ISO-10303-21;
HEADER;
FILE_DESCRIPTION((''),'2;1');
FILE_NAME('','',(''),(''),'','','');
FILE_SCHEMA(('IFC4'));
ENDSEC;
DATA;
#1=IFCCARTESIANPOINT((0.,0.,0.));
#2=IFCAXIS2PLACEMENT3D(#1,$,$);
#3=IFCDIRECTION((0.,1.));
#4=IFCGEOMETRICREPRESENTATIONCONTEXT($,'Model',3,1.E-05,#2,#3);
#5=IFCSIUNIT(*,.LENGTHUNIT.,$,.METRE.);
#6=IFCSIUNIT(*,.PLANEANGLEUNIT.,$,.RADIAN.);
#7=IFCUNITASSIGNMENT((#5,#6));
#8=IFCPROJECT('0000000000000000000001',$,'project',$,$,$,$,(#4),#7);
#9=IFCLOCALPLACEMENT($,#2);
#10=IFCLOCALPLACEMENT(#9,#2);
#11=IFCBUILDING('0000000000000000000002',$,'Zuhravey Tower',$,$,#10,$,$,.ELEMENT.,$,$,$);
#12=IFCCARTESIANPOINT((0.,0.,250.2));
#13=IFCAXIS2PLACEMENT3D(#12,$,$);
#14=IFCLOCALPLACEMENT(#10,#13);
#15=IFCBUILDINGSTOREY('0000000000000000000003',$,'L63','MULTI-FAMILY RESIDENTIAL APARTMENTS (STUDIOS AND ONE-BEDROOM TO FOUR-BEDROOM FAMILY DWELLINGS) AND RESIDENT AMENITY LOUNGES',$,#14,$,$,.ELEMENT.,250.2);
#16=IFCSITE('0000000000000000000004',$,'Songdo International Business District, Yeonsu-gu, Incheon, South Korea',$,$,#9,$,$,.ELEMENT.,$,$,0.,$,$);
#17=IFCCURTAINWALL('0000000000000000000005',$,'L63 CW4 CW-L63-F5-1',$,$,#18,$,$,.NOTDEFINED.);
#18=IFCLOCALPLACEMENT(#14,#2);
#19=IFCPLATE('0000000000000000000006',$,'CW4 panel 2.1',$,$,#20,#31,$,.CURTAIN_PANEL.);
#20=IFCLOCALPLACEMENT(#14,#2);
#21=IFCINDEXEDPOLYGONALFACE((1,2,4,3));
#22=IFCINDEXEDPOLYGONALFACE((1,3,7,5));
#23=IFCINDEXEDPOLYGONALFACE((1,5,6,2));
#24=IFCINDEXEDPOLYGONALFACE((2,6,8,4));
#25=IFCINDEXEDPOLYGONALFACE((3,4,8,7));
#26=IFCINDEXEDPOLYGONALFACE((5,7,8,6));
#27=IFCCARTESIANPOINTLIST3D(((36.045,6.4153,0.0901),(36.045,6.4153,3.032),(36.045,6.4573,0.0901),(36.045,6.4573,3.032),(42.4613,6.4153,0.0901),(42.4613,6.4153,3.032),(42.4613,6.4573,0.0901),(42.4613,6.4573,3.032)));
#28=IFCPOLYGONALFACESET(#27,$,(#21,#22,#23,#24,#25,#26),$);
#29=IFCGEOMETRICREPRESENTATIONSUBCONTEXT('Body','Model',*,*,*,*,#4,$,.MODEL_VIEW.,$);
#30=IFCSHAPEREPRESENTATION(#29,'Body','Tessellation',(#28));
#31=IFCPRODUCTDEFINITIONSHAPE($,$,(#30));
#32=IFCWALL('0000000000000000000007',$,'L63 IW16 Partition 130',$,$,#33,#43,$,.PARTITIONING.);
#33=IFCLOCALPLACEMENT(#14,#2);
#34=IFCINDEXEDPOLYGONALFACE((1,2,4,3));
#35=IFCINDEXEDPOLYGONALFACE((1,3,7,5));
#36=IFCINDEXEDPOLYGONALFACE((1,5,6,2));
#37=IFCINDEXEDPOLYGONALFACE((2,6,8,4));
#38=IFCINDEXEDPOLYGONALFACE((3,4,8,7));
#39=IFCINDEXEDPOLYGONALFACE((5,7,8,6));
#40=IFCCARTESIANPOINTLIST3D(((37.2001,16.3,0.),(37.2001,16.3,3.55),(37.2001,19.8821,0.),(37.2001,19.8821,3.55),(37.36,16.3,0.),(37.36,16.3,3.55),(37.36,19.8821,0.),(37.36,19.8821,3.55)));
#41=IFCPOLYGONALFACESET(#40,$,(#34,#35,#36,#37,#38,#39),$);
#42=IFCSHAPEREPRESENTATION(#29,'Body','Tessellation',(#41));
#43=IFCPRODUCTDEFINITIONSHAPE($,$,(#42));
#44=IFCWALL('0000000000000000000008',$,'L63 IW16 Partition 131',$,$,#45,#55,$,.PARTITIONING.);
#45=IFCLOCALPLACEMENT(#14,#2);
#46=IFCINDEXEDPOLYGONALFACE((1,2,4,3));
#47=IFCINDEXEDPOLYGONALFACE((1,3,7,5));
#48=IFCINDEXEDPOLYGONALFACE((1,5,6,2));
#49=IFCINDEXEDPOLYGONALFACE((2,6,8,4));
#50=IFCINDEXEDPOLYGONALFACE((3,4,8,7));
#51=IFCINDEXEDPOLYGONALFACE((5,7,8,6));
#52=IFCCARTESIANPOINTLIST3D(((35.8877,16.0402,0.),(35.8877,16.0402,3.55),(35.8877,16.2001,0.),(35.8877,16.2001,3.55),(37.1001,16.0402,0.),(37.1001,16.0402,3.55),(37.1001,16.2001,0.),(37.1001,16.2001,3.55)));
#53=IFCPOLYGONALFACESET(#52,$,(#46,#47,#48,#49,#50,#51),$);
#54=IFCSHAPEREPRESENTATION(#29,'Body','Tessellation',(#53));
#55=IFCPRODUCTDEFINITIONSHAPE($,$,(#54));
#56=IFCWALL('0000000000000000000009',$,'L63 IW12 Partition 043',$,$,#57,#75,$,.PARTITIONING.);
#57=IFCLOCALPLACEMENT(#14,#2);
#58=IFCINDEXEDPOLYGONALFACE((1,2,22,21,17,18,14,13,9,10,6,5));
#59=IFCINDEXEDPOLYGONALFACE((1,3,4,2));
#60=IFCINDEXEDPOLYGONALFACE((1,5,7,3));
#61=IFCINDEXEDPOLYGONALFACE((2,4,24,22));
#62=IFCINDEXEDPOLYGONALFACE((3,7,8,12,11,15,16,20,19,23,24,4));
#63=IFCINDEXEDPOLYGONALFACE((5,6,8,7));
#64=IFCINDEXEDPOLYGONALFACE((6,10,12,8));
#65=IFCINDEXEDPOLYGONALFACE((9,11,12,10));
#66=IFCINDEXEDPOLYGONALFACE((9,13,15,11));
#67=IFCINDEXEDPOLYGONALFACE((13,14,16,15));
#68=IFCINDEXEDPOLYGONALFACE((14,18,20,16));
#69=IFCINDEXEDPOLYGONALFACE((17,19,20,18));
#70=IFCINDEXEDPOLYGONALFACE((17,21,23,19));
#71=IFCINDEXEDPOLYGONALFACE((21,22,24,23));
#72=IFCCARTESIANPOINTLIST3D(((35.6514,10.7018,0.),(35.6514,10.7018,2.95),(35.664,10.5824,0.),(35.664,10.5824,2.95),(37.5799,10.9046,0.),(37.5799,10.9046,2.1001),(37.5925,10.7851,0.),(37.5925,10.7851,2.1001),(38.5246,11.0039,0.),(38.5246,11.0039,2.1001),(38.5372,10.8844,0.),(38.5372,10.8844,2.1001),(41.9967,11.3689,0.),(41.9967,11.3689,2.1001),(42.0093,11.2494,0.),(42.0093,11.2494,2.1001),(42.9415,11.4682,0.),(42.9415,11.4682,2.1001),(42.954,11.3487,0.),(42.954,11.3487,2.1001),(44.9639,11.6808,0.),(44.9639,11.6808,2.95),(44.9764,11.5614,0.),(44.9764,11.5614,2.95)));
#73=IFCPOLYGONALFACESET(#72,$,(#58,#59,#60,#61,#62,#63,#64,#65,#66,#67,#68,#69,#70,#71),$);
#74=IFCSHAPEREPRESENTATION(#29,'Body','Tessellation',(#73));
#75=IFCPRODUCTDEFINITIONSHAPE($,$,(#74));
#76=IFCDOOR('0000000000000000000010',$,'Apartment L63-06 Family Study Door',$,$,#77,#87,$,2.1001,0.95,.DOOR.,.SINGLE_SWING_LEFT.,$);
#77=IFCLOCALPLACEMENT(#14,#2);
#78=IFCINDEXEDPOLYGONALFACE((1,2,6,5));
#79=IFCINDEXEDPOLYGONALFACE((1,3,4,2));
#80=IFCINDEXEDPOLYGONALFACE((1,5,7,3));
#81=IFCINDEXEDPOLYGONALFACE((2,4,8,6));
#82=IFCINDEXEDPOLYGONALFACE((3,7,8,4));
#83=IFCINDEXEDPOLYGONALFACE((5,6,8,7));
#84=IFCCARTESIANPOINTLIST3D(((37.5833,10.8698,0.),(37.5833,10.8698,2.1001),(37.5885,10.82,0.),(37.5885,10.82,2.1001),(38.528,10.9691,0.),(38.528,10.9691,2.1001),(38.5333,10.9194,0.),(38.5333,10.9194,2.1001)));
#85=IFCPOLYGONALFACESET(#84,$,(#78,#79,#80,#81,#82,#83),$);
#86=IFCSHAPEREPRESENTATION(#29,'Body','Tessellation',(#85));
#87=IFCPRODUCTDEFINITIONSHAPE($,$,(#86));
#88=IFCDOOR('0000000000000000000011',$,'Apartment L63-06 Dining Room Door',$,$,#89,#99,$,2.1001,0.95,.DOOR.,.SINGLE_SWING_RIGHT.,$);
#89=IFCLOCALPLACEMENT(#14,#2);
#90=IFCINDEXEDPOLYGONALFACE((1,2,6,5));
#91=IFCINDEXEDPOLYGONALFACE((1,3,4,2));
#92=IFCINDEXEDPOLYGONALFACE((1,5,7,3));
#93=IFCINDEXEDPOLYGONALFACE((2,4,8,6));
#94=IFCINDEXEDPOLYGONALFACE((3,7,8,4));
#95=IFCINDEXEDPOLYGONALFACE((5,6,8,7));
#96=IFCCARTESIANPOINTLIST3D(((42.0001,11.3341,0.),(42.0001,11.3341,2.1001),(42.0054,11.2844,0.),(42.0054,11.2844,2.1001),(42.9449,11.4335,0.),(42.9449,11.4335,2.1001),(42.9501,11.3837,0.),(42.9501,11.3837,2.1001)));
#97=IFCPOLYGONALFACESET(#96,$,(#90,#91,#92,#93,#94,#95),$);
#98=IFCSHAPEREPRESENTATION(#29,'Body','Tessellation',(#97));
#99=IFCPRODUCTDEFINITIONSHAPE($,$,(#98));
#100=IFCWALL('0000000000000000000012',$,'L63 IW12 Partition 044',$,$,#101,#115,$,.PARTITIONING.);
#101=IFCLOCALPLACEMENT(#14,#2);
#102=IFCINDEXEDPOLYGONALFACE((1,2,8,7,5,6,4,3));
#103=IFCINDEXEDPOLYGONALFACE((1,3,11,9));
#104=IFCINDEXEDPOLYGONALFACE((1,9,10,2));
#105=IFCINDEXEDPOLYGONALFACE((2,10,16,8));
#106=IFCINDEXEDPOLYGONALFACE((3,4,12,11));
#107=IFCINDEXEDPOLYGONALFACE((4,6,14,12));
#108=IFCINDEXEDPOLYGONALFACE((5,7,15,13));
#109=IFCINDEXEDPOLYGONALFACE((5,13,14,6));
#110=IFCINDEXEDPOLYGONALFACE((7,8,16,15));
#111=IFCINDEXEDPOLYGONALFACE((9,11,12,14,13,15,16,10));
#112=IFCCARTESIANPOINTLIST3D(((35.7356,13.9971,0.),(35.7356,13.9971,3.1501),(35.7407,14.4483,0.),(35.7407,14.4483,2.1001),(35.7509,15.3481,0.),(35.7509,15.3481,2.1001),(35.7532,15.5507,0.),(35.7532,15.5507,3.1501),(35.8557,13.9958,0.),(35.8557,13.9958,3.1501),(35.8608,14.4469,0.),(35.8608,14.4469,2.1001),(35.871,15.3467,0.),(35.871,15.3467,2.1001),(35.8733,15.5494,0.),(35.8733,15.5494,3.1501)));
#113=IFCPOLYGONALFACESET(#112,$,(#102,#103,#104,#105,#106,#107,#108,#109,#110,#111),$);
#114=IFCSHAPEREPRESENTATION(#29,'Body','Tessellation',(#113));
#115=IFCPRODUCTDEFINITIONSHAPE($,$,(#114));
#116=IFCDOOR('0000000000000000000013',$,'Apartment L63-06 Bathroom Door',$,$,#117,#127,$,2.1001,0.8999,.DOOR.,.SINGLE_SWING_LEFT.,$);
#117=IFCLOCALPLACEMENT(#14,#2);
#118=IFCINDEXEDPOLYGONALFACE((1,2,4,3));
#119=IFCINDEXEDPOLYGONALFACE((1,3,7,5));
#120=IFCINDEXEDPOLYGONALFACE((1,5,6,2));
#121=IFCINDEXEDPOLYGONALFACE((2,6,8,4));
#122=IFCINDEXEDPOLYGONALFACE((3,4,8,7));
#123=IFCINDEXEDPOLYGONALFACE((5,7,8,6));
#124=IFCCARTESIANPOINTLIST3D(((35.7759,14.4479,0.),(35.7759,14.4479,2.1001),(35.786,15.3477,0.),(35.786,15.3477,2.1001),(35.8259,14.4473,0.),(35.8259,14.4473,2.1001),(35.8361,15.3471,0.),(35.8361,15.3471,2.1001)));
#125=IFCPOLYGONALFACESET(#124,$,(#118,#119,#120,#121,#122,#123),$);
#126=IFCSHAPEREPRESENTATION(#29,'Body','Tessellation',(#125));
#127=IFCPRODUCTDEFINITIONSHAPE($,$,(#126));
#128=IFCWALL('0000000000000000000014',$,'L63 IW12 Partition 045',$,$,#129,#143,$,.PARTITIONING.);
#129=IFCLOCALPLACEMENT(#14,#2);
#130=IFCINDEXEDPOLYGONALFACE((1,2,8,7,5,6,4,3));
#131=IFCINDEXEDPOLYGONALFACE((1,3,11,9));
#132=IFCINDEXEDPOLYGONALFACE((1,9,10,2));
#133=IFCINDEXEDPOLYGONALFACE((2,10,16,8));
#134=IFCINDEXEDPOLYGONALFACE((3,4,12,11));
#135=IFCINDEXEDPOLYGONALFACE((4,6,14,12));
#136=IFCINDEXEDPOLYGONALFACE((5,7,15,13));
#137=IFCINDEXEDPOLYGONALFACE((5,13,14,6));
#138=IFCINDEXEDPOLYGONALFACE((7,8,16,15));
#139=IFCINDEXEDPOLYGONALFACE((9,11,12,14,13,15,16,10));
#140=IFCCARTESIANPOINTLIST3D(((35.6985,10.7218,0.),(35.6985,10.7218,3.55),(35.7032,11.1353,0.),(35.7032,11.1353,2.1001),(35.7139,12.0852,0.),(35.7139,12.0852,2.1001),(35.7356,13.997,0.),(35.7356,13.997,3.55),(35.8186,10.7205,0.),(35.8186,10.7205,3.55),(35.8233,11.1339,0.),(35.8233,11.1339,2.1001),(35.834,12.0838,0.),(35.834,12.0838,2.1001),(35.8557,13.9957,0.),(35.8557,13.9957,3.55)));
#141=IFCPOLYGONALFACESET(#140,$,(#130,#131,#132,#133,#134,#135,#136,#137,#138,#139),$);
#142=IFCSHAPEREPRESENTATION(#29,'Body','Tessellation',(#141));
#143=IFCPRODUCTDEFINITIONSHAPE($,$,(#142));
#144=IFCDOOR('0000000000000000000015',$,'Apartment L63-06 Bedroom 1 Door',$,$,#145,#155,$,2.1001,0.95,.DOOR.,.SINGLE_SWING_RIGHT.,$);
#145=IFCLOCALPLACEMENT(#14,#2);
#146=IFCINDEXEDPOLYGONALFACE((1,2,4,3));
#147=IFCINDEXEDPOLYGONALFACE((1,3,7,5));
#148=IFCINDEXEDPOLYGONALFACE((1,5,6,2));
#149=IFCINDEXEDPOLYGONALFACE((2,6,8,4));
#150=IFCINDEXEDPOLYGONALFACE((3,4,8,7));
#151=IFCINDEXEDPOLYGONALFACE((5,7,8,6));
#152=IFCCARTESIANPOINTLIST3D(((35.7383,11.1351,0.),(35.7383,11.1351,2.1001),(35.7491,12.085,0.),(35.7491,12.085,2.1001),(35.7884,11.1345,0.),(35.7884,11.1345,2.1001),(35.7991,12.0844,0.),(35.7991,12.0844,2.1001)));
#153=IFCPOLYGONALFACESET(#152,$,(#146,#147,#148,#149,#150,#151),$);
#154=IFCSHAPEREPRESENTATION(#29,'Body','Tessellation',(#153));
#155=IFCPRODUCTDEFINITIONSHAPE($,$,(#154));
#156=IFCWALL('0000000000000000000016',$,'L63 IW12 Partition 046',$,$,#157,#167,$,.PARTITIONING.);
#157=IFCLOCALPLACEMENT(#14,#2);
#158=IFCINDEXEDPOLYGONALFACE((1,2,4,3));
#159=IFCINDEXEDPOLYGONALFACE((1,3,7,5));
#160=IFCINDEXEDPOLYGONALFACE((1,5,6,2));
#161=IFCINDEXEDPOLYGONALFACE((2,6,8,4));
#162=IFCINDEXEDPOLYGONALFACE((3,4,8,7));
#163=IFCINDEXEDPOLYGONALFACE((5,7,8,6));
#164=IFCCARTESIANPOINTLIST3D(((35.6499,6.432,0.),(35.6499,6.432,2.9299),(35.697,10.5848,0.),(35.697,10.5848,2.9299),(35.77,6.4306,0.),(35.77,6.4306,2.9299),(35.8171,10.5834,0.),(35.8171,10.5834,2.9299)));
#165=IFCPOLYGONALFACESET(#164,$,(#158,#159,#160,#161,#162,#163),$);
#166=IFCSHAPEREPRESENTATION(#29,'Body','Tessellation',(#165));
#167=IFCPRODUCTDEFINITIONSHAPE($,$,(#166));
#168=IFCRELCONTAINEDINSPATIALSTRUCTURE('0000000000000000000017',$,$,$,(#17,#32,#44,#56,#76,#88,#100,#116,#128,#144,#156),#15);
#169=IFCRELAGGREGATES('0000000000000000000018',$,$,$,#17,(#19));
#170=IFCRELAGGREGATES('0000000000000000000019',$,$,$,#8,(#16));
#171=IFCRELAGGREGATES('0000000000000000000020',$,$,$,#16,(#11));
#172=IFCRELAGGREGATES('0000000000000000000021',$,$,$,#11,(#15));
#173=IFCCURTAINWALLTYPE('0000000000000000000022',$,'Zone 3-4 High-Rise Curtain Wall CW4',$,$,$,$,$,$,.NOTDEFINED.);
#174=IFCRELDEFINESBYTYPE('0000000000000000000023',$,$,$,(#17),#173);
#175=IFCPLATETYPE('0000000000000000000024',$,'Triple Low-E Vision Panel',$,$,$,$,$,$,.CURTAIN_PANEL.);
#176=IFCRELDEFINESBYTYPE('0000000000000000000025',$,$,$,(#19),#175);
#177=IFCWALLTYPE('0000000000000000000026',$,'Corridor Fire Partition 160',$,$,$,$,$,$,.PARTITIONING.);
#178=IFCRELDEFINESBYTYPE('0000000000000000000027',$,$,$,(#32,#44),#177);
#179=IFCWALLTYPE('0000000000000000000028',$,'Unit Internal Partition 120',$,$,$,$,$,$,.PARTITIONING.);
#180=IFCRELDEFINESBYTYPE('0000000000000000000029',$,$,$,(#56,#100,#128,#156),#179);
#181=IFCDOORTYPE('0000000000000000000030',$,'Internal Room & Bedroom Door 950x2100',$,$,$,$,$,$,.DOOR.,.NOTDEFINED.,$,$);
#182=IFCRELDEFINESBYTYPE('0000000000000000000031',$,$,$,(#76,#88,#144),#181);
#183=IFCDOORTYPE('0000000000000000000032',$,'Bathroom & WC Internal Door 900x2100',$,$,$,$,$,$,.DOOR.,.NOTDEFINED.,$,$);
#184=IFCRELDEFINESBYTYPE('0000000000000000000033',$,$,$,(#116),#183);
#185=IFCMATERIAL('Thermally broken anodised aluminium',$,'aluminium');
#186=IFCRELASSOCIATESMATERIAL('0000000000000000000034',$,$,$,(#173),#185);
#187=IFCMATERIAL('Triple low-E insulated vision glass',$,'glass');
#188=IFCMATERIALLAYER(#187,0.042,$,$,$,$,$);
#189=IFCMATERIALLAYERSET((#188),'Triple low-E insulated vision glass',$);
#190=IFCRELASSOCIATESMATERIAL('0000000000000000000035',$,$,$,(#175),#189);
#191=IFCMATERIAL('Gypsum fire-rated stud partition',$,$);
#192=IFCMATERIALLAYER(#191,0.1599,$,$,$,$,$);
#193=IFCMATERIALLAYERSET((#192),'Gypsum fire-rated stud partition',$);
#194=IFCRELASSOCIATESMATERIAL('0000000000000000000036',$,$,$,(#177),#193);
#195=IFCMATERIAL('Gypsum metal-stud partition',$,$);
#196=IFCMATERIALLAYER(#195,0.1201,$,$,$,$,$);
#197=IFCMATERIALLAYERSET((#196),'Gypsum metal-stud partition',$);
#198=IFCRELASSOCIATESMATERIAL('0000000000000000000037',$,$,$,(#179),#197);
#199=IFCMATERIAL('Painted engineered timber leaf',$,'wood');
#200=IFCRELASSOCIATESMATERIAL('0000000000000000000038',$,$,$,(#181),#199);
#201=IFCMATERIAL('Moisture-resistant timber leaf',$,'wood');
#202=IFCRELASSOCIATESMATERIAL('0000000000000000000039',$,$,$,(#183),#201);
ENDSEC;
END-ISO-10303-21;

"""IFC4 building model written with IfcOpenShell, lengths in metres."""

from ifc_helpers import new_model, si_unit, direction, frame, frame_2d, origin, origin_2d, place, context, subcontext, project, spatial, rectangle, extrude, material, layer, layer_set, type_object, element, fill, aggregate, save


model = new_model("IFC4")

# Units and contexts
model_context = context("Model", 3, precision=1e-05, world=origin(), true_north=direction((0.0, 1.0)))
body_context = subcontext(model_context, "Body", "Model", "MODEL_VIEW")
ifc_project = project(units=[si_unit("LENGTHUNIT", "METRE"), si_unit("PLANEANGLEUNIT", "RADIAN")], contexts=[model_context])

# Site, building, storey
site_placement = place(None, origin())
site = spatial("IfcSite", under=ifc_project, at=site_placement, Name="Songdo International Business District, Yeonsu-gu, Incheon, South Korea", CompositionType="ELEMENT", RefElevation=0.0)
building_placement = place(site_placement, origin())
building = spatial("IfcBuilding", under=site, at=building_placement, Name="Zuhravey Tower", CompositionType="ELEMENT")
storey_placement = place(building_placement, frame((0.0, 0.0, 250.2)))
storey = spatial("IfcBuildingStorey", under=building, at=storey_placement, Name="L63", Description="MULTI-FAMILY RESIDENTIAL APARTMENTS (STUDIOS AND ONE-BEDROOM TO FOUR-BEDROOM FAMILY DWELLINGS) AND RESIDENT AMENITY LOUNGES", CompositionType="ELEMENT", Elevation=250.2)

# Curtain wall
ifc_material_1 = material(Name="Thermally broken anodised aluminium", Category="aluminium")
curtain_wall_type = type_object("IfcCurtainWallType", Name="Zone 3-4 High-Rise Curtain Wall CW4", PredefinedType="NOTDEFINED", material=ifc_material_1)
curtain_wall_placement = place(storey_placement, origin())
curtain_wall = element("IfcCurtainWall", 1, at=curtain_wall_placement, inside=storey, type_object=curtain_wall_type, Name="L63 CW4 CW-L63-F5-1", PredefinedType="NOTDEFINED")

# Plate
ifc_material_2 = material(Name="Triple low-E insulated vision glass", Category="glass")
ifc_layer_1 = layer(ifc_material_2, 0.042)
ifc_layer_set_1 = layer_set([ifc_layer_1], Name="Triple low-E insulated vision glass")
plate_type = type_object("IfcPlateType", Name="Triple Low-E Vision Panel", PredefinedType="CURTAIN_PANEL", material=ifc_layer_set_1)
plate_1_placement = place(storey_placement, frame((39.2532, 6.4363, 0.0901), z_axis=(0.0, 0.0, 1.0), x_axis=(-1.0, 0.0, 0.0)))
plate_1 = element("IfcPlate", 2, at=plate_1_placement, type_object=plate_type, Name="CW4 panel 2.1", PredefinedType="CURTAIN_PANEL", context=body_context, shape_type="SweptSolid", body=[
    extrude(rectangle(XDim=6.4163, YDim=0.042, at=origin_2d()), origin(), (0.0, 0.0, 1.0), 2.9419),
])
aggregate(curtain_wall, [plate_1])

# Walls
ifc_material_3 = material(Name="Gypsum fire-rated stud partition")
ifc_layer_2 = layer(ifc_material_3, 0.1599)
ifc_layer_set_2 = layer_set([ifc_layer_2], Name="Gypsum fire-rated stud partition")
wall_type_1 = type_object("IfcWallType", Name="Corridor Fire Partition 160", PredefinedType="PARTITIONING", material=ifc_layer_set_2)
wall_1_placement = place(storey_placement, frame((37.28, 16.3, 0.0), z_axis=(0.0, 0.0, 1.0), x_axis=(0.0, 1.0, 0.0)))
element("IfcWall", 3, at=wall_1_placement, inside=storey, type_object=wall_type_1, Name="L63 IW16 Partition 130", PredefinedType="PARTITIONING", context=body_context, shape_type="SweptSolid", body=[
    extrude(rectangle(XDim=3.582, YDim=0.1599, at=frame_2d((1.791, 0.0))), origin(), (0.0, 0.0, 1.0), 3.55),
])
wall_2_placement = place(storey_placement, frame((35.8877, 16.1201, 0.0), z_axis=(0.0, 0.0, 1.0), x_axis=(1.0, 0.0, 0.0)))
element("IfcWall", 4, at=wall_2_placement, inside=storey, type_object=wall_type_1, Name="L63 IW16 Partition 131", PredefinedType="PARTITIONING", context=body_context, shape_type="SweptSolid", body=[
    extrude(rectangle(XDim=1.2124, YDim=0.1599, at=frame_2d((0.6062, 0.0))), origin(), (0.0, 0.0, 1.0), 3.55),
])

# Wall, openings, doors
ifc_material_4 = material(Name="Gypsum metal-stud partition")
ifc_layer_3 = layer(ifc_material_4, 0.1201)
ifc_layer_set_3 = layer_set([ifc_layer_3], Name="Gypsum metal-stud partition")
wall_type_2 = type_object("IfcWallType", Name="Unit Internal Partition 120", PredefinedType="PARTITIONING", material=ifc_layer_set_3)
wall_3_placement = place(storey_placement, frame((35.6577, 10.6421, 0.0), z_axis=(0.0, 0.0, 1.0), x_axis=(0.994519, 0.104552, 0.0)))
wall_3 = element("IfcWall", 5, at=wall_3_placement, inside=storey, type_object=wall_type_2, Name="L63 IW12 Partition 043", PredefinedType="PARTITIONING", context=body_context, shape_type="SweptSolid", body=[
    extrude(rectangle(XDim=9.3638, YDim=0.1201, at=frame_2d((4.6819, 0.0))), origin(), (0.0, 0.0, 1.0), 2.95),
])
opening_1_placement = place(wall_3_placement, frame((1.939, 0.0, 0.0)))
opening_1 = element("IfcOpeningElement", 6, at=opening_1_placement, cuts=wall_3, PredefinedType="OPENING", context=body_context, shape_type="SweptSolid", body=[
    extrude(rectangle(XDim=0.95, YDim=2.1001, at=frame_2d((0.4751, 1.05))), frame((0.0, 0.072, 0.0), z_axis=(0.0, -1.0, 0.0), x_axis=(1.0, 0.0, 0.0)), (0.0, 0.0, 1.0), 0.144),
])
opening_2_placement = place(wall_3_placement, frame((6.3801, 0.0, 0.0)))
opening_2 = element("IfcOpeningElement", 7, at=opening_2_placement, cuts=wall_3, PredefinedType="OPENING", context=body_context, shape_type="SweptSolid", body=[
    extrude(rectangle(XDim=0.95, YDim=2.1001, at=frame_2d((0.4751, 1.05))), frame((0.0, 0.072, 0.0), z_axis=(0.0, -1.0, 0.0), x_axis=(1.0, 0.0, 0.0)), (0.0, 0.0, 1.0), 0.144),
])
ifc_material_5 = material(Name="Painted engineered timber leaf", Category="wood")
door_type_1 = type_object("IfcDoorType", Name="Internal Room & Bedroom Door 950x2100", OperationType="NOTDEFINED", PredefinedType="DOOR", material=ifc_material_5)
door_1_placement = place(opening_1_placement, frame((0.95, 0.0, 0.0), z_axis=(0.0, 0.0, 1.0), x_axis=(-1.0, 0.0, 0.0)))
door_1 = element("IfcDoor", 8, at=door_1_placement, inside=storey, type_object=door_type_1, Name="Apartment L63-06 Family Study Door", OperationType="SINGLE_SWING_LEFT", OverallHeight=2.1001, OverallWidth=0.95, PredefinedType="DOOR", context=body_context, shape_type="SweptSolid", body=[
    extrude(rectangle(XDim=0.95, YDim=2.1001, at=frame_2d((0.4751, 1.05))), frame((0.0, 0.0249, 0.0), z_axis=(0.0, -1.0, 0.0), x_axis=(1.0, 0.0, 0.0)), (0.0, 0.0, 1.0), 0.05),
])
fill(opening_1, door_1)
door_2_placement = place(opening_2_placement, frame((0.95, 0.0, 0.0), z_axis=(0.0, 0.0, 1.0), x_axis=(-1.0, 0.0, 0.0)))
door_2 = element("IfcDoor", 9, at=door_2_placement, inside=storey, type_object=door_type_1, Name="Apartment L63-06 Dining Room Door", OperationType="SINGLE_SWING_RIGHT", OverallHeight=2.1001, OverallWidth=0.95, PredefinedType="DOOR", context=body_context, shape_type="SweptSolid", body=[
    extrude(rectangle(XDim=0.95, YDim=2.1001, at=frame_2d((0.4751, 1.05))), frame((0.0, 0.0249, 0.0), z_axis=(0.0, -1.0, 0.0), x_axis=(1.0, 0.0, 0.0)), (0.0, 0.0, 1.0), 0.05),
])
fill(opening_2, door_2)

# Walls, openings, doors
wall_4_placement = place(storey_placement, frame((35.8132, 15.55, 0.0), z_axis=(0.0, 0.0, 1.0), x_axis=(-0.011313, -0.999936, 0.0)))
wall_4 = element("IfcWall", 10, at=wall_4_placement, inside=storey, type_object=wall_type_2, Name="L63 IW12 Partition 044", PredefinedType="PARTITIONING", context=body_context, shape_type="SweptSolid", body=[
    extrude(rectangle(XDim=1.5537, YDim=0.1201, at=frame_2d((0.7769, 0.0))), origin(), (0.0, 0.0, 1.0), 3.1501),
])
opening_3_placement = place(wall_4_placement, frame((0.2026, 0.0, 0.0)))
opening_3 = element("IfcOpeningElement", 11, at=opening_3_placement, cuts=wall_4, PredefinedType="OPENING", context=body_context, shape_type="SweptSolid", body=[
    extrude(rectangle(XDim=0.8999, YDim=2.1001, at=frame_2d((0.45, 1.05))), frame((0.0, 0.072, 0.0), z_axis=(0.0, -1.0, 0.0), x_axis=(1.0, 0.0, 0.0)), (0.0, 0.0, 1.0), 0.144),
])
ifc_material_6 = material(Name="Moisture-resistant timber leaf", Category="wood")
door_type_2 = type_object("IfcDoorType", Name="Bathroom & WC Internal Door 900x2100", OperationType="NOTDEFINED", PredefinedType="DOOR", material=ifc_material_6)
door_3_placement = place(opening_3_placement, frame((0.8999, 0.0, 0.0), z_axis=(0.0, 0.0, 1.0), x_axis=(-1.0, 0.0, 0.0)))
door_3 = element("IfcDoor", 12, at=door_3_placement, inside=storey, type_object=door_type_2, Name="Apartment L63-06 Bathroom Door", OperationType="SINGLE_SWING_LEFT", OverallHeight=2.1001, OverallWidth=0.8999, PredefinedType="DOOR", context=body_context, shape_type="SweptSolid", body=[
    extrude(rectangle(XDim=0.8999, YDim=2.1001, at=frame_2d((0.45, 1.05))), frame((0.0, 0.0249, 0.0), z_axis=(0.0, -1.0, 0.0), x_axis=(1.0, 0.0, 0.0)), (0.0, 0.0, 1.0), 0.05),
])
fill(opening_3, door_3)
wall_5_placement = place(storey_placement, frame((35.7957, 13.9963, 0.0), z_axis=(0.0, 0.0, 1.0), x_axis=(-0.01133, -0.999936, 0.0)))
wall_5 = element("IfcWall", 13, at=wall_5_placement, inside=storey, type_object=wall_type_2, Name="L63 IW12 Partition 045", PredefinedType="PARTITIONING", context=body_context, shape_type="SweptSolid", body=[
    extrude(rectangle(XDim=3.2754, YDim=0.1201, at=frame_2d((1.6377, 0.0))), origin(), (0.0, 0.0, 1.0), 3.55),
])
opening_4_placement = place(wall_5_placement, frame((1.9119, 0.0, 0.0)))
opening_4 = element("IfcOpeningElement", 14, at=opening_4_placement, cuts=wall_5, PredefinedType="OPENING", context=body_context, shape_type="SweptSolid", body=[
    extrude(rectangle(XDim=0.95, YDim=2.1001, at=frame_2d((0.4751, 1.05))), frame((0.0, 0.072, 0.0), z_axis=(0.0, -1.0, 0.0), x_axis=(1.0, 0.0, 0.0)), (0.0, 0.0, 1.0), 0.144),
])
door_4_placement = place(opening_4_placement, frame((0.95, 0.0, 0.0), z_axis=(0.0, 0.0, 1.0), x_axis=(-1.0, 0.0, 0.0)))
door_4 = element("IfcDoor", 15, at=door_4_placement, inside=storey, type_object=door_type_1, Name="Apartment L63-06 Bedroom 1 Door", OperationType="SINGLE_SWING_RIGHT", OverallHeight=2.1001, OverallWidth=0.95, PredefinedType="DOOR", context=body_context, shape_type="SweptSolid", body=[
    extrude(rectangle(XDim=0.95, YDim=2.1001, at=frame_2d((0.4751, 1.05))), frame((0.0, 0.0249, 0.0), z_axis=(0.0, -1.0, 0.0), x_axis=(1.0, 0.0, 0.0)), (0.0, 0.0, 1.0), 0.05),
])
fill(opening_4, door_4)

# Wall
wall_6_placement = place(storey_placement, frame((35.7571, 10.5842, 0.0), z_axis=(0.0, 0.0, 1.0), x_axis=(-0.011346, -0.999936, 0.0)))
element("IfcWall", 16, at=wall_6_placement, inside=storey, type_object=wall_type_2, Name="L63 IW12 Partition 046", PredefinedType="PARTITIONING", context=body_context, shape_type="SweptSolid", body=[
    extrude(rectangle(XDim=4.1531, YDim=0.1201, at=frame_2d((2.0767, 0.0))), origin(), (0.0, 0.0, 1.0), 2.9299),
])

save(model, "model.ifc")
